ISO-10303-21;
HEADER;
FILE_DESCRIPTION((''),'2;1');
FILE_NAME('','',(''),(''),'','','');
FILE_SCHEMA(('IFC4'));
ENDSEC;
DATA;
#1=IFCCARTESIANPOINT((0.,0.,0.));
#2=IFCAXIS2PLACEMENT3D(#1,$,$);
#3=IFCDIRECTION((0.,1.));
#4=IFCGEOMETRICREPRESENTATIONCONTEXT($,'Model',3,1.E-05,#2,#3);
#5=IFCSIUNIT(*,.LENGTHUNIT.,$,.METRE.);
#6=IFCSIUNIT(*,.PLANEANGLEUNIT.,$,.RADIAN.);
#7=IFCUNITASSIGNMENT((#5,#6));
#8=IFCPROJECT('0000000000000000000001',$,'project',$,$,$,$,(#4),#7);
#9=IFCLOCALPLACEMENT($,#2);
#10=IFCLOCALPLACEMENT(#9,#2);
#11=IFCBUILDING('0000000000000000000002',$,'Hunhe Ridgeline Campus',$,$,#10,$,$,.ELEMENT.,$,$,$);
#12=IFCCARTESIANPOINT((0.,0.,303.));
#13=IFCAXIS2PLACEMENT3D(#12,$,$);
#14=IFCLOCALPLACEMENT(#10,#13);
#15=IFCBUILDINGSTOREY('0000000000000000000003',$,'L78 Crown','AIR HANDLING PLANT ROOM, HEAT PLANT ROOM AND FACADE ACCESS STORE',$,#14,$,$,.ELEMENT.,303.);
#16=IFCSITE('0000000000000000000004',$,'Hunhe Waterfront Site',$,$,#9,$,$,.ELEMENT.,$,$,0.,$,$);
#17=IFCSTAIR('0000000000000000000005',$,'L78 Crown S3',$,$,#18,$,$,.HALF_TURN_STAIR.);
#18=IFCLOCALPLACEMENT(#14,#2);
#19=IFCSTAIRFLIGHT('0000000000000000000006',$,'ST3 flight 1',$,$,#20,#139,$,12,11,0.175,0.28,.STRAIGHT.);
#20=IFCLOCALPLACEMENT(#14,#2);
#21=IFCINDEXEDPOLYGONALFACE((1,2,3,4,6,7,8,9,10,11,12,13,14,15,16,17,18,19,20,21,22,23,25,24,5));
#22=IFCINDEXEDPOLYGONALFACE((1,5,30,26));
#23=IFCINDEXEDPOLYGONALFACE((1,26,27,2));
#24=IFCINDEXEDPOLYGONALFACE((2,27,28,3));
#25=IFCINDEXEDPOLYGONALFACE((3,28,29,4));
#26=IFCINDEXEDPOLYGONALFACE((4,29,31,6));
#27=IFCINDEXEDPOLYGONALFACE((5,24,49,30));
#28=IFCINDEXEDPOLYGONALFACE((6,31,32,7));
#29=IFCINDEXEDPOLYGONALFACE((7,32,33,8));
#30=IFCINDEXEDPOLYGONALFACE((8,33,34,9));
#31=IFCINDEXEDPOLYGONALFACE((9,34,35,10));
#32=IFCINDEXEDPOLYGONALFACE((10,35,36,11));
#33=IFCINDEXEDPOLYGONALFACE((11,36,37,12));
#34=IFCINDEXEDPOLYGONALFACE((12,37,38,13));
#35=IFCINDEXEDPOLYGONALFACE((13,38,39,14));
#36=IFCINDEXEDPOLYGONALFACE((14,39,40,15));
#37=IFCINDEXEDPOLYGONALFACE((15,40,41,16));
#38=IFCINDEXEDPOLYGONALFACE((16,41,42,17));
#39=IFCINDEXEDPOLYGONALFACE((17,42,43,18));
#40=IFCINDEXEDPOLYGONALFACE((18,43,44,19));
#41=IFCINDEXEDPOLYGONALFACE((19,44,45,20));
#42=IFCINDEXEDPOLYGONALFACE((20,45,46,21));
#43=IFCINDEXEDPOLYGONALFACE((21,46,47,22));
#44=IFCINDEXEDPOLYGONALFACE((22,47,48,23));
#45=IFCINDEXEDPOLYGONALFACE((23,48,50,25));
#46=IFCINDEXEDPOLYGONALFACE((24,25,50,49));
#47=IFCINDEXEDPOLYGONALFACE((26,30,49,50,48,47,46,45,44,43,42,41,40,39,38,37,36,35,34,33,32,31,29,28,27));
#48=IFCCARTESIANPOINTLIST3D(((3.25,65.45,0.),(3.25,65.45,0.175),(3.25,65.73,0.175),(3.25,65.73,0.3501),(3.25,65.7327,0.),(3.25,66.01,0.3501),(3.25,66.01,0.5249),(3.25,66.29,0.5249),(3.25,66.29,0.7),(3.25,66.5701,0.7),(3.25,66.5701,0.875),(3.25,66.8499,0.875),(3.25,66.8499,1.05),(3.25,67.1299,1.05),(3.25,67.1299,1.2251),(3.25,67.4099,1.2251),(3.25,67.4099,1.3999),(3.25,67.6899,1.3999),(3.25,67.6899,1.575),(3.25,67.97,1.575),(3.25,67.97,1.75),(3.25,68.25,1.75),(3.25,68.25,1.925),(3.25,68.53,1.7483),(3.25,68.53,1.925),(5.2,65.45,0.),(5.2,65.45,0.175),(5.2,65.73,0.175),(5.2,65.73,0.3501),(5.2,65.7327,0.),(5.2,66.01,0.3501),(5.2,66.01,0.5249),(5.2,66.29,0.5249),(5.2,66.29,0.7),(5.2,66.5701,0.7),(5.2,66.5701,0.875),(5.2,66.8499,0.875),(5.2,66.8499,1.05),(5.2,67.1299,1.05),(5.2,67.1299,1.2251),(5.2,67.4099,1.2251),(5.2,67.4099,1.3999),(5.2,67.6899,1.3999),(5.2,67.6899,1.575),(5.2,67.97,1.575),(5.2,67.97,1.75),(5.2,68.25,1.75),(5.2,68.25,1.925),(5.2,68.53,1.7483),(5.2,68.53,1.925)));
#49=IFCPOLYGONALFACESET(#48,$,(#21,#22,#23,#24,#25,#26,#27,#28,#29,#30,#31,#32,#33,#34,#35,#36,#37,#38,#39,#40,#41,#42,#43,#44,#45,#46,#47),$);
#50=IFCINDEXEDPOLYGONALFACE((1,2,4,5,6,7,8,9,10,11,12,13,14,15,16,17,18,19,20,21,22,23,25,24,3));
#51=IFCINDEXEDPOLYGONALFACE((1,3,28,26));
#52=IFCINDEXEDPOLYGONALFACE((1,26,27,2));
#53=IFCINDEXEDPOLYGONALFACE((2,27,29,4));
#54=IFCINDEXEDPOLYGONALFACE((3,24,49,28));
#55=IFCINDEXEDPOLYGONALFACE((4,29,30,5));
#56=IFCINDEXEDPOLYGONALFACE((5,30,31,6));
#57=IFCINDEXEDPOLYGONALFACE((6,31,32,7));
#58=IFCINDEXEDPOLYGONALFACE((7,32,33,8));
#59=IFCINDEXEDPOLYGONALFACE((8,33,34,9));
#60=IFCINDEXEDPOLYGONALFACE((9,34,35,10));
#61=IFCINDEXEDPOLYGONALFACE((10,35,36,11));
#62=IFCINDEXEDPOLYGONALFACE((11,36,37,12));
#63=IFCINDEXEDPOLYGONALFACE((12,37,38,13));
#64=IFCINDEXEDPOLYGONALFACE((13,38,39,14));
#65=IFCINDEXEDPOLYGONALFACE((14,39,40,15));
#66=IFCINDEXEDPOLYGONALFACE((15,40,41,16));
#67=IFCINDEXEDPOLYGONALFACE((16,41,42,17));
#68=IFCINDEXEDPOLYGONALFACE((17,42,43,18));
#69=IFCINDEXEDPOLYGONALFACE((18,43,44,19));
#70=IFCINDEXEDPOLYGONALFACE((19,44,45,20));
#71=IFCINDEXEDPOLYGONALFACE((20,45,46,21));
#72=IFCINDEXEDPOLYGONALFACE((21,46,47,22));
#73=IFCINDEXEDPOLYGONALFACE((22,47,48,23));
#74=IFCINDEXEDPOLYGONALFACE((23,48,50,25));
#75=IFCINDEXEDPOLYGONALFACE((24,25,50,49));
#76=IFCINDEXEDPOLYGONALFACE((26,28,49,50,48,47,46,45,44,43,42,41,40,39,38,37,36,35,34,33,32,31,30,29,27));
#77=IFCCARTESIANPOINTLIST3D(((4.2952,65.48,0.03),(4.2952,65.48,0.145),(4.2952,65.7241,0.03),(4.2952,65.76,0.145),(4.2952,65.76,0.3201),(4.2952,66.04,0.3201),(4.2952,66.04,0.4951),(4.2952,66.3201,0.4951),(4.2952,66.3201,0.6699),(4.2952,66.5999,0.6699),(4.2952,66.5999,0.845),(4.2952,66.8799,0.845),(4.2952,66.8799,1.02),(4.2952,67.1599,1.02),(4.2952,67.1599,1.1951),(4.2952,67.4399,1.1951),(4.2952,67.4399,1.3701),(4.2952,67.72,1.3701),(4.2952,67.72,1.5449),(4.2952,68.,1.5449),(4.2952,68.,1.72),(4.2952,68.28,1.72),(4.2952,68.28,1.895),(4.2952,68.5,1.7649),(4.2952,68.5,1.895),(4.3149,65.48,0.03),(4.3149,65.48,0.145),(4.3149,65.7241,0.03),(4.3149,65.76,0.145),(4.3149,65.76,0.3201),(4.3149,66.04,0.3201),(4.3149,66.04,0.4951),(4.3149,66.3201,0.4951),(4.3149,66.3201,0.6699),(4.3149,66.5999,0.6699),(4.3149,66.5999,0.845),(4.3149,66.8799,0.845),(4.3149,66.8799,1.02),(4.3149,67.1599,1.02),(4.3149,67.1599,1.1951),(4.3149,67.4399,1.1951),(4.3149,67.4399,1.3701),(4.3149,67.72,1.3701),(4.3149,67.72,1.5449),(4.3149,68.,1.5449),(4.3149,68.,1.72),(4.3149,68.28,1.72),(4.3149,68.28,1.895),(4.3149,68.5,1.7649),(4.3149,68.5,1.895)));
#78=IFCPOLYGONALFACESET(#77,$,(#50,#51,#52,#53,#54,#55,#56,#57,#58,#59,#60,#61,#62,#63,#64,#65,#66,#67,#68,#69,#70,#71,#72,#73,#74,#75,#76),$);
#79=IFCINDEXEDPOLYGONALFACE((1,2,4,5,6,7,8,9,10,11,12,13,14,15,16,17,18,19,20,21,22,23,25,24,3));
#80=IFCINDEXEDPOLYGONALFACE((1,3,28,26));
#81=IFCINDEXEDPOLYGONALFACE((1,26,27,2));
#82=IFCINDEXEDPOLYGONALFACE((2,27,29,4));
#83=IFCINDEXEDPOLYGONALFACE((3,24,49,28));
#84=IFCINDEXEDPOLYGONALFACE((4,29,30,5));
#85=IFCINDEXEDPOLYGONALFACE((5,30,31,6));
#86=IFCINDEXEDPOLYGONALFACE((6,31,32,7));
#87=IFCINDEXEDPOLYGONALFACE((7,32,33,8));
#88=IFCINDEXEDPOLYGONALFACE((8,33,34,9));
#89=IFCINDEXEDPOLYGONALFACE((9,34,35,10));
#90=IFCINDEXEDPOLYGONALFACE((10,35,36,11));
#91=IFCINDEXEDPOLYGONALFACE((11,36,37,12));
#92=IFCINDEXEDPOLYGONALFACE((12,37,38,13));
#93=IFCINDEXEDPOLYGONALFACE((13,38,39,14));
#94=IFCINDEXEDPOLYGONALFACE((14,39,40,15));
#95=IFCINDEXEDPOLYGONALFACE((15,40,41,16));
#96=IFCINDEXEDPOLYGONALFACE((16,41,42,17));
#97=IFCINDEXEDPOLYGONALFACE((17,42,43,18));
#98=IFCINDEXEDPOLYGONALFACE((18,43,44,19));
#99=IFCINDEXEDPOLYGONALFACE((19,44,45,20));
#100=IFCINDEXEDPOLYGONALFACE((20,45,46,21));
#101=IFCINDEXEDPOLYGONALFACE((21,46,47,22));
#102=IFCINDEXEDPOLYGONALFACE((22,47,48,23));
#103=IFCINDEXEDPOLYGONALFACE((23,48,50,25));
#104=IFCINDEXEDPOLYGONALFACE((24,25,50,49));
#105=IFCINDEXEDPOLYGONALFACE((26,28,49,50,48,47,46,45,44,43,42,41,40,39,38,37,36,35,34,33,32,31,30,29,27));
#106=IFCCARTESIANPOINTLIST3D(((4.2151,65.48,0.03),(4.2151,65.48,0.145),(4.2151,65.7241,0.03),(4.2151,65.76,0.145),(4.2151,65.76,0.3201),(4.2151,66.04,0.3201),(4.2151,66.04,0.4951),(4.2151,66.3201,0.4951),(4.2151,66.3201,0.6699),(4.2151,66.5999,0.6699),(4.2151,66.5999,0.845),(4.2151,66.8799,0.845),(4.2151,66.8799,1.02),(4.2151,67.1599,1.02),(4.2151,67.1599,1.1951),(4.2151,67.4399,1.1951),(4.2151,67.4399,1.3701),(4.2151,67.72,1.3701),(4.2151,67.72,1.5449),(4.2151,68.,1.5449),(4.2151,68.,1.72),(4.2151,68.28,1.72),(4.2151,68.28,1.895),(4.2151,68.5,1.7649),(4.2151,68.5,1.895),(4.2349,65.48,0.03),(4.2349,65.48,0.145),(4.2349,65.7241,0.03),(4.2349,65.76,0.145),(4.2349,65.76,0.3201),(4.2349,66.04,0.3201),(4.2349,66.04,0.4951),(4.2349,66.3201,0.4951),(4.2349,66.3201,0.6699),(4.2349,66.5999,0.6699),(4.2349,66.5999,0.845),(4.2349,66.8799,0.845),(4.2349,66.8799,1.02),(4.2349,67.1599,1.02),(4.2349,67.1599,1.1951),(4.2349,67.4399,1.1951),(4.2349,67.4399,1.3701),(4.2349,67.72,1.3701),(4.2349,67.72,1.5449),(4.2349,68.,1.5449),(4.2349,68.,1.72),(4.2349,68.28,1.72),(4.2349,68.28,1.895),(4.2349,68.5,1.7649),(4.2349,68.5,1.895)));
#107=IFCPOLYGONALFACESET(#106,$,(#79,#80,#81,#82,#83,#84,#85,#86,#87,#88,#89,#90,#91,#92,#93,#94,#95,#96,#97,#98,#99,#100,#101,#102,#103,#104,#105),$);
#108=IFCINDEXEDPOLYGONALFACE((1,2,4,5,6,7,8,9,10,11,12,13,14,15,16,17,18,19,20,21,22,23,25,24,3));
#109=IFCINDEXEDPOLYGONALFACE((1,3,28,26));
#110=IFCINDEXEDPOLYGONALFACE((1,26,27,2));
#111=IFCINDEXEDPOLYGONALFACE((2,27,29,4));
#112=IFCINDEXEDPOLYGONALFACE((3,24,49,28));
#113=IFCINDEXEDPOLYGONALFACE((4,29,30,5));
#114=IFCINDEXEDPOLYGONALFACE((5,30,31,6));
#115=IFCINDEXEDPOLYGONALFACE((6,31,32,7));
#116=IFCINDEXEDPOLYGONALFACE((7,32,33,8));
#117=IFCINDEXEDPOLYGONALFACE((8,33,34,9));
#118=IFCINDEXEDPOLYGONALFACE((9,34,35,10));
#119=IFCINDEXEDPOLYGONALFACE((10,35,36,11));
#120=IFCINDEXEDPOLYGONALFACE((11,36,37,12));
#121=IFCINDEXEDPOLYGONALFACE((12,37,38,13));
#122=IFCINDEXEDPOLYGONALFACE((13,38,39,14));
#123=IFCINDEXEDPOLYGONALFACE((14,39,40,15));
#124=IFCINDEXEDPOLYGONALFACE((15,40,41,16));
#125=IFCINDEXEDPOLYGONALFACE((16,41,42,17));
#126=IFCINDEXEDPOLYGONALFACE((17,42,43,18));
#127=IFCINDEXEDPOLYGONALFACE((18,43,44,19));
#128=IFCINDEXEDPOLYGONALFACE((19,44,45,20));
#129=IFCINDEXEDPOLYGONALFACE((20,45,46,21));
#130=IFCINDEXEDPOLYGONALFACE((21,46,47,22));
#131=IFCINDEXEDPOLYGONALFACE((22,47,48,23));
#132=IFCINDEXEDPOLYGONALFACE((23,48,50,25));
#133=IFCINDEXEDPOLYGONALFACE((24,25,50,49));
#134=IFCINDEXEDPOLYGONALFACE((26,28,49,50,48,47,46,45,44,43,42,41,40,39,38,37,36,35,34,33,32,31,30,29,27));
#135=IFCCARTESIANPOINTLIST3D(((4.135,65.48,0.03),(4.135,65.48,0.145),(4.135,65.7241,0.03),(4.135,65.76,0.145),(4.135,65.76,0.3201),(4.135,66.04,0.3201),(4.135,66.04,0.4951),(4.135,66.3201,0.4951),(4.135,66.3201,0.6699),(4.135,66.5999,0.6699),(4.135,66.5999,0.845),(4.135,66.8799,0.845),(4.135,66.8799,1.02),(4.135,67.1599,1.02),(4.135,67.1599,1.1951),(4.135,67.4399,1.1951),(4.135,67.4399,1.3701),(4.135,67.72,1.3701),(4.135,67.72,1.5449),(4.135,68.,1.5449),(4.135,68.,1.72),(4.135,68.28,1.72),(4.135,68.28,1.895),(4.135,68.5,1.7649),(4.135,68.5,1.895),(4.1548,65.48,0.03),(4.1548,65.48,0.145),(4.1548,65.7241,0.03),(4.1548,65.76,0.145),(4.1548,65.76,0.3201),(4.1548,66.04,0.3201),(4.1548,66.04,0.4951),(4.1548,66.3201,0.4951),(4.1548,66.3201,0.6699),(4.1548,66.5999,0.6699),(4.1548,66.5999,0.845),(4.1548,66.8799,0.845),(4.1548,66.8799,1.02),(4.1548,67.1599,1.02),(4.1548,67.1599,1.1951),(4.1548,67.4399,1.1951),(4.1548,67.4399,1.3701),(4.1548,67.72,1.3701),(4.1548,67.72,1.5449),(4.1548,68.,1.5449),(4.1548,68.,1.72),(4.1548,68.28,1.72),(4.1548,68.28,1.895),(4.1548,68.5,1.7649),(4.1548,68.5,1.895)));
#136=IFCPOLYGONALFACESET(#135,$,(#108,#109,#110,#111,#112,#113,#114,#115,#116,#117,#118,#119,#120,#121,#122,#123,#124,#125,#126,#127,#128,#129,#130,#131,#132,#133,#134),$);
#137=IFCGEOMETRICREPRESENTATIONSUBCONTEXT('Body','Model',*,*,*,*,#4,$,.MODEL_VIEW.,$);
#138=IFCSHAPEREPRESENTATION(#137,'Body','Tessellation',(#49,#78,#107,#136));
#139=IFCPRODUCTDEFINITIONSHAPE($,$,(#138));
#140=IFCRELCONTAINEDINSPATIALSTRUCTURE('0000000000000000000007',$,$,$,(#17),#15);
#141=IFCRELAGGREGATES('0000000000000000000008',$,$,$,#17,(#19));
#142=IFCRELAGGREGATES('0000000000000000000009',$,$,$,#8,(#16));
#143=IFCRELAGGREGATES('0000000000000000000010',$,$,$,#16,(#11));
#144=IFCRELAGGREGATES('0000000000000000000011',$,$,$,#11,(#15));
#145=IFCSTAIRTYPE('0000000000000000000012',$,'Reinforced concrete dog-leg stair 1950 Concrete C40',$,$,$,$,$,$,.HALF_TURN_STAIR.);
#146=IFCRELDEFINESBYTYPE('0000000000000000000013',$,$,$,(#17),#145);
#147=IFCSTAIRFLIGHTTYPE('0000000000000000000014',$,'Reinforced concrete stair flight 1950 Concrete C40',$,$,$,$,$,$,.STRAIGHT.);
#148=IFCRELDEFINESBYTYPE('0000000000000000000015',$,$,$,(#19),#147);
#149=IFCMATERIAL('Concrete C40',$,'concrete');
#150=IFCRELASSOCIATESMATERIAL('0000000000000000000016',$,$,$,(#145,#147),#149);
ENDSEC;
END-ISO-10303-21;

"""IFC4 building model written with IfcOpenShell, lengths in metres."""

from ifc_helpers import new_model, si_unit, direction, frame, origin, place, context, subcontext, project, spatial, polyline, outline, extrude, material, type_object, element, aggregate, save


model = new_model("IFC4")

# Units and contexts
model_context = context("Model", 3, precision=1e-05, world=origin(), true_north=direction((0.0, 1.0)))
body_context = subcontext(model_context, "Body", "Model", "MODEL_VIEW")
ifc_project = project(units=[si_unit("LENGTHUNIT", "METRE"), si_unit("PLANEANGLEUNIT", "RADIAN")], contexts=[model_context])

# Site, building, storey
site_placement = place(None, origin())
site = spatial("IfcSite", under=ifc_project, at=site_placement, Name="Hunhe Waterfront Site", CompositionType="ELEMENT", RefElevation=0.0)
building_placement = place(site_placement, origin())
building = spatial("IfcBuilding", under=site, at=building_placement, Name="Hunhe Ridgeline Campus", CompositionType="ELEMENT")
storey_placement = place(building_placement, frame((0.0, 0.0, 303.0)))
storey = spatial("IfcBuildingStorey", under=building, at=storey_placement, Name="L78 Crown", Description="AIR HANDLING PLANT ROOM, HEAT PLANT ROOM AND FACADE ACCESS STORE", CompositionType="ELEMENT", Elevation=303.0)

# Shared definitions
ifc_material_1 = material(Name="Concrete C40", Category="concrete")
stair_type = type_object("IfcStairType", Name="Reinforced concrete dog-leg stair 1950 Concrete C40", PredefinedType="HALF_TURN_STAIR", material=ifc_material_1)
stair_flight_type = type_object("IfcStairFlightType", Name="Reinforced concrete stair flight 1950 Concrete C40", PredefinedType="STRAIGHT", material=ifc_material_1)

# Stair, stair flight
stair_1_placement = place(storey_placement, origin())
stair_1 = element("IfcStair", 1, at=stair_1_placement, inside=storey, type_object=stair_type, Name="L78 Crown S3", PredefinedType="HALF_TURN_STAIR")
stair_flight_1_placement = place(storey_placement, frame((4.2251, 65.45, 0.0), z_axis=(0.0, 0.0, 1.0), x_axis=(0.0, 1.0, 0.0)))
stair_flight_1 = element("IfcStairFlight", 2, at=stair_flight_1_placement, type_object=stair_flight_type, Name="ST3 flight 1", NumberOfRisers=12, NumberOfTreads=11, PredefinedType="STRAIGHT", RiserHeight=0.175, TreadLength=0.28, context=body_context, shape_type="SweptSolid", body=[
    extrude(outline(polyline([(0.0, 0.0), (0.0, 0.175), (0.28, 0.175), (0.28, 0.3501), (0.5601, 0.3501), (0.5601, 0.5249), (0.8401, 0.5249), (0.8401, 0.7), (1.1201, 0.7), (1.1201, 0.875), (1.3999, 0.875), (1.3999, 1.05), (1.6799, 1.05), (1.6799, 1.2251), (1.96, 1.2251), (1.96, 1.3999), (2.24, 1.3999), (2.24, 1.575), (2.52, 1.575), (2.52, 1.75), (2.8, 1.75), (2.8, 1.925), (3.0801, 1.925), (3.0801, 2.1001), (3.0801, 1.7483), (0.2827, 0.0), (0.0, 0.0)])), frame((0.0, 0.9751, 0.0), z_axis=(0.0, -1.0, 0.0), x_axis=(1.0, 0.0, 0.0)), (0.0, 0.0, 1.0), 1.95),
    extrude(outline(polyline([(0.03, 0.03), (0.03, 0.145), (0.3101, 0.145), (0.3101, 0.3201), (0.5901, 0.3201), (0.5901, 0.4951), (0.8701, 0.4951), (0.8701, 0.6699), (1.1499, 0.6699), (1.1499, 0.845), (1.4299, 0.845), (1.4299, 1.02), (1.71, 1.02), (1.71, 1.1951), (1.99, 1.1951), (1.99, 1.3701), (2.27, 1.3701), (2.27, 1.5449), (2.55, 1.5449), (2.55, 1.72), (2.8301, 1.72), (2.8301, 1.895), (3.05, 1.895), (3.05, 1.7649), (0.2742, 0.03), (0.03, 0.03)])), frame((0.0, -0.0701, 0.0), z_axis=(0.0, -1.0, 0.0), x_axis=(1.0, 0.0, 0.0)), (0.0, 0.0, 1.0), 0.0198),
    extrude(outline(polyline([(0.03, 0.03), (0.03, 0.145), (0.3101, 0.145), (0.3101, 0.3201), (0.5901, 0.3201), (0.5901, 0.4951), (0.8701, 0.4951), (0.8701, 0.6699), (1.1499, 0.6699), (1.1499, 0.845), (1.4299, 0.845), (1.4299, 1.02), (1.71, 1.02), (1.71, 1.1951), (1.99, 1.1951), (1.99, 1.3701), (2.27, 1.3701), (2.27, 1.5449), (2.55, 1.5449), (2.55, 1.72), (2.8301, 1.72), (2.8301, 1.895), (3.05, 1.895), (3.05, 1.7649), (0.2742, 0.03), (0.03, 0.03)])), frame((0.0, 0.01, 0.0), z_axis=(0.0, -1.0, 0.0), x_axis=(1.0, 0.0, 0.0)), (0.0, 0.0, 1.0), 0.0198),
    extrude(outline(polyline([(0.03, 0.03), (0.03, 0.145), (0.3101, 0.145), (0.3101, 0.3201), (0.5901, 0.3201), (0.5901, 0.4951), (0.8701, 0.4951), (0.8701, 0.6699), (1.1499, 0.6699), (1.1499, 0.845), (1.4299, 0.845), (1.4299, 1.02), (1.71, 1.02), (1.71, 1.1951), (1.99, 1.1951), (1.99, 1.3701), (2.27, 1.3701), (2.27, 1.5449), (2.55, 1.5449), (2.55, 1.72), (2.8301, 1.72), (2.8301, 1.895), (3.05, 1.895), (3.05, 1.7649), (0.2742, 0.03), (0.03, 0.03)])), frame((0.0, 0.0901, 0.0), z_axis=(0.0, -1.0, 0.0), x_axis=(1.0, 0.0, 0.0)), (0.0, 0.0, 1.0), 0.0198),
])
aggregate(stair_1, [stair_flight_1])

save(model, "model.ifc")
